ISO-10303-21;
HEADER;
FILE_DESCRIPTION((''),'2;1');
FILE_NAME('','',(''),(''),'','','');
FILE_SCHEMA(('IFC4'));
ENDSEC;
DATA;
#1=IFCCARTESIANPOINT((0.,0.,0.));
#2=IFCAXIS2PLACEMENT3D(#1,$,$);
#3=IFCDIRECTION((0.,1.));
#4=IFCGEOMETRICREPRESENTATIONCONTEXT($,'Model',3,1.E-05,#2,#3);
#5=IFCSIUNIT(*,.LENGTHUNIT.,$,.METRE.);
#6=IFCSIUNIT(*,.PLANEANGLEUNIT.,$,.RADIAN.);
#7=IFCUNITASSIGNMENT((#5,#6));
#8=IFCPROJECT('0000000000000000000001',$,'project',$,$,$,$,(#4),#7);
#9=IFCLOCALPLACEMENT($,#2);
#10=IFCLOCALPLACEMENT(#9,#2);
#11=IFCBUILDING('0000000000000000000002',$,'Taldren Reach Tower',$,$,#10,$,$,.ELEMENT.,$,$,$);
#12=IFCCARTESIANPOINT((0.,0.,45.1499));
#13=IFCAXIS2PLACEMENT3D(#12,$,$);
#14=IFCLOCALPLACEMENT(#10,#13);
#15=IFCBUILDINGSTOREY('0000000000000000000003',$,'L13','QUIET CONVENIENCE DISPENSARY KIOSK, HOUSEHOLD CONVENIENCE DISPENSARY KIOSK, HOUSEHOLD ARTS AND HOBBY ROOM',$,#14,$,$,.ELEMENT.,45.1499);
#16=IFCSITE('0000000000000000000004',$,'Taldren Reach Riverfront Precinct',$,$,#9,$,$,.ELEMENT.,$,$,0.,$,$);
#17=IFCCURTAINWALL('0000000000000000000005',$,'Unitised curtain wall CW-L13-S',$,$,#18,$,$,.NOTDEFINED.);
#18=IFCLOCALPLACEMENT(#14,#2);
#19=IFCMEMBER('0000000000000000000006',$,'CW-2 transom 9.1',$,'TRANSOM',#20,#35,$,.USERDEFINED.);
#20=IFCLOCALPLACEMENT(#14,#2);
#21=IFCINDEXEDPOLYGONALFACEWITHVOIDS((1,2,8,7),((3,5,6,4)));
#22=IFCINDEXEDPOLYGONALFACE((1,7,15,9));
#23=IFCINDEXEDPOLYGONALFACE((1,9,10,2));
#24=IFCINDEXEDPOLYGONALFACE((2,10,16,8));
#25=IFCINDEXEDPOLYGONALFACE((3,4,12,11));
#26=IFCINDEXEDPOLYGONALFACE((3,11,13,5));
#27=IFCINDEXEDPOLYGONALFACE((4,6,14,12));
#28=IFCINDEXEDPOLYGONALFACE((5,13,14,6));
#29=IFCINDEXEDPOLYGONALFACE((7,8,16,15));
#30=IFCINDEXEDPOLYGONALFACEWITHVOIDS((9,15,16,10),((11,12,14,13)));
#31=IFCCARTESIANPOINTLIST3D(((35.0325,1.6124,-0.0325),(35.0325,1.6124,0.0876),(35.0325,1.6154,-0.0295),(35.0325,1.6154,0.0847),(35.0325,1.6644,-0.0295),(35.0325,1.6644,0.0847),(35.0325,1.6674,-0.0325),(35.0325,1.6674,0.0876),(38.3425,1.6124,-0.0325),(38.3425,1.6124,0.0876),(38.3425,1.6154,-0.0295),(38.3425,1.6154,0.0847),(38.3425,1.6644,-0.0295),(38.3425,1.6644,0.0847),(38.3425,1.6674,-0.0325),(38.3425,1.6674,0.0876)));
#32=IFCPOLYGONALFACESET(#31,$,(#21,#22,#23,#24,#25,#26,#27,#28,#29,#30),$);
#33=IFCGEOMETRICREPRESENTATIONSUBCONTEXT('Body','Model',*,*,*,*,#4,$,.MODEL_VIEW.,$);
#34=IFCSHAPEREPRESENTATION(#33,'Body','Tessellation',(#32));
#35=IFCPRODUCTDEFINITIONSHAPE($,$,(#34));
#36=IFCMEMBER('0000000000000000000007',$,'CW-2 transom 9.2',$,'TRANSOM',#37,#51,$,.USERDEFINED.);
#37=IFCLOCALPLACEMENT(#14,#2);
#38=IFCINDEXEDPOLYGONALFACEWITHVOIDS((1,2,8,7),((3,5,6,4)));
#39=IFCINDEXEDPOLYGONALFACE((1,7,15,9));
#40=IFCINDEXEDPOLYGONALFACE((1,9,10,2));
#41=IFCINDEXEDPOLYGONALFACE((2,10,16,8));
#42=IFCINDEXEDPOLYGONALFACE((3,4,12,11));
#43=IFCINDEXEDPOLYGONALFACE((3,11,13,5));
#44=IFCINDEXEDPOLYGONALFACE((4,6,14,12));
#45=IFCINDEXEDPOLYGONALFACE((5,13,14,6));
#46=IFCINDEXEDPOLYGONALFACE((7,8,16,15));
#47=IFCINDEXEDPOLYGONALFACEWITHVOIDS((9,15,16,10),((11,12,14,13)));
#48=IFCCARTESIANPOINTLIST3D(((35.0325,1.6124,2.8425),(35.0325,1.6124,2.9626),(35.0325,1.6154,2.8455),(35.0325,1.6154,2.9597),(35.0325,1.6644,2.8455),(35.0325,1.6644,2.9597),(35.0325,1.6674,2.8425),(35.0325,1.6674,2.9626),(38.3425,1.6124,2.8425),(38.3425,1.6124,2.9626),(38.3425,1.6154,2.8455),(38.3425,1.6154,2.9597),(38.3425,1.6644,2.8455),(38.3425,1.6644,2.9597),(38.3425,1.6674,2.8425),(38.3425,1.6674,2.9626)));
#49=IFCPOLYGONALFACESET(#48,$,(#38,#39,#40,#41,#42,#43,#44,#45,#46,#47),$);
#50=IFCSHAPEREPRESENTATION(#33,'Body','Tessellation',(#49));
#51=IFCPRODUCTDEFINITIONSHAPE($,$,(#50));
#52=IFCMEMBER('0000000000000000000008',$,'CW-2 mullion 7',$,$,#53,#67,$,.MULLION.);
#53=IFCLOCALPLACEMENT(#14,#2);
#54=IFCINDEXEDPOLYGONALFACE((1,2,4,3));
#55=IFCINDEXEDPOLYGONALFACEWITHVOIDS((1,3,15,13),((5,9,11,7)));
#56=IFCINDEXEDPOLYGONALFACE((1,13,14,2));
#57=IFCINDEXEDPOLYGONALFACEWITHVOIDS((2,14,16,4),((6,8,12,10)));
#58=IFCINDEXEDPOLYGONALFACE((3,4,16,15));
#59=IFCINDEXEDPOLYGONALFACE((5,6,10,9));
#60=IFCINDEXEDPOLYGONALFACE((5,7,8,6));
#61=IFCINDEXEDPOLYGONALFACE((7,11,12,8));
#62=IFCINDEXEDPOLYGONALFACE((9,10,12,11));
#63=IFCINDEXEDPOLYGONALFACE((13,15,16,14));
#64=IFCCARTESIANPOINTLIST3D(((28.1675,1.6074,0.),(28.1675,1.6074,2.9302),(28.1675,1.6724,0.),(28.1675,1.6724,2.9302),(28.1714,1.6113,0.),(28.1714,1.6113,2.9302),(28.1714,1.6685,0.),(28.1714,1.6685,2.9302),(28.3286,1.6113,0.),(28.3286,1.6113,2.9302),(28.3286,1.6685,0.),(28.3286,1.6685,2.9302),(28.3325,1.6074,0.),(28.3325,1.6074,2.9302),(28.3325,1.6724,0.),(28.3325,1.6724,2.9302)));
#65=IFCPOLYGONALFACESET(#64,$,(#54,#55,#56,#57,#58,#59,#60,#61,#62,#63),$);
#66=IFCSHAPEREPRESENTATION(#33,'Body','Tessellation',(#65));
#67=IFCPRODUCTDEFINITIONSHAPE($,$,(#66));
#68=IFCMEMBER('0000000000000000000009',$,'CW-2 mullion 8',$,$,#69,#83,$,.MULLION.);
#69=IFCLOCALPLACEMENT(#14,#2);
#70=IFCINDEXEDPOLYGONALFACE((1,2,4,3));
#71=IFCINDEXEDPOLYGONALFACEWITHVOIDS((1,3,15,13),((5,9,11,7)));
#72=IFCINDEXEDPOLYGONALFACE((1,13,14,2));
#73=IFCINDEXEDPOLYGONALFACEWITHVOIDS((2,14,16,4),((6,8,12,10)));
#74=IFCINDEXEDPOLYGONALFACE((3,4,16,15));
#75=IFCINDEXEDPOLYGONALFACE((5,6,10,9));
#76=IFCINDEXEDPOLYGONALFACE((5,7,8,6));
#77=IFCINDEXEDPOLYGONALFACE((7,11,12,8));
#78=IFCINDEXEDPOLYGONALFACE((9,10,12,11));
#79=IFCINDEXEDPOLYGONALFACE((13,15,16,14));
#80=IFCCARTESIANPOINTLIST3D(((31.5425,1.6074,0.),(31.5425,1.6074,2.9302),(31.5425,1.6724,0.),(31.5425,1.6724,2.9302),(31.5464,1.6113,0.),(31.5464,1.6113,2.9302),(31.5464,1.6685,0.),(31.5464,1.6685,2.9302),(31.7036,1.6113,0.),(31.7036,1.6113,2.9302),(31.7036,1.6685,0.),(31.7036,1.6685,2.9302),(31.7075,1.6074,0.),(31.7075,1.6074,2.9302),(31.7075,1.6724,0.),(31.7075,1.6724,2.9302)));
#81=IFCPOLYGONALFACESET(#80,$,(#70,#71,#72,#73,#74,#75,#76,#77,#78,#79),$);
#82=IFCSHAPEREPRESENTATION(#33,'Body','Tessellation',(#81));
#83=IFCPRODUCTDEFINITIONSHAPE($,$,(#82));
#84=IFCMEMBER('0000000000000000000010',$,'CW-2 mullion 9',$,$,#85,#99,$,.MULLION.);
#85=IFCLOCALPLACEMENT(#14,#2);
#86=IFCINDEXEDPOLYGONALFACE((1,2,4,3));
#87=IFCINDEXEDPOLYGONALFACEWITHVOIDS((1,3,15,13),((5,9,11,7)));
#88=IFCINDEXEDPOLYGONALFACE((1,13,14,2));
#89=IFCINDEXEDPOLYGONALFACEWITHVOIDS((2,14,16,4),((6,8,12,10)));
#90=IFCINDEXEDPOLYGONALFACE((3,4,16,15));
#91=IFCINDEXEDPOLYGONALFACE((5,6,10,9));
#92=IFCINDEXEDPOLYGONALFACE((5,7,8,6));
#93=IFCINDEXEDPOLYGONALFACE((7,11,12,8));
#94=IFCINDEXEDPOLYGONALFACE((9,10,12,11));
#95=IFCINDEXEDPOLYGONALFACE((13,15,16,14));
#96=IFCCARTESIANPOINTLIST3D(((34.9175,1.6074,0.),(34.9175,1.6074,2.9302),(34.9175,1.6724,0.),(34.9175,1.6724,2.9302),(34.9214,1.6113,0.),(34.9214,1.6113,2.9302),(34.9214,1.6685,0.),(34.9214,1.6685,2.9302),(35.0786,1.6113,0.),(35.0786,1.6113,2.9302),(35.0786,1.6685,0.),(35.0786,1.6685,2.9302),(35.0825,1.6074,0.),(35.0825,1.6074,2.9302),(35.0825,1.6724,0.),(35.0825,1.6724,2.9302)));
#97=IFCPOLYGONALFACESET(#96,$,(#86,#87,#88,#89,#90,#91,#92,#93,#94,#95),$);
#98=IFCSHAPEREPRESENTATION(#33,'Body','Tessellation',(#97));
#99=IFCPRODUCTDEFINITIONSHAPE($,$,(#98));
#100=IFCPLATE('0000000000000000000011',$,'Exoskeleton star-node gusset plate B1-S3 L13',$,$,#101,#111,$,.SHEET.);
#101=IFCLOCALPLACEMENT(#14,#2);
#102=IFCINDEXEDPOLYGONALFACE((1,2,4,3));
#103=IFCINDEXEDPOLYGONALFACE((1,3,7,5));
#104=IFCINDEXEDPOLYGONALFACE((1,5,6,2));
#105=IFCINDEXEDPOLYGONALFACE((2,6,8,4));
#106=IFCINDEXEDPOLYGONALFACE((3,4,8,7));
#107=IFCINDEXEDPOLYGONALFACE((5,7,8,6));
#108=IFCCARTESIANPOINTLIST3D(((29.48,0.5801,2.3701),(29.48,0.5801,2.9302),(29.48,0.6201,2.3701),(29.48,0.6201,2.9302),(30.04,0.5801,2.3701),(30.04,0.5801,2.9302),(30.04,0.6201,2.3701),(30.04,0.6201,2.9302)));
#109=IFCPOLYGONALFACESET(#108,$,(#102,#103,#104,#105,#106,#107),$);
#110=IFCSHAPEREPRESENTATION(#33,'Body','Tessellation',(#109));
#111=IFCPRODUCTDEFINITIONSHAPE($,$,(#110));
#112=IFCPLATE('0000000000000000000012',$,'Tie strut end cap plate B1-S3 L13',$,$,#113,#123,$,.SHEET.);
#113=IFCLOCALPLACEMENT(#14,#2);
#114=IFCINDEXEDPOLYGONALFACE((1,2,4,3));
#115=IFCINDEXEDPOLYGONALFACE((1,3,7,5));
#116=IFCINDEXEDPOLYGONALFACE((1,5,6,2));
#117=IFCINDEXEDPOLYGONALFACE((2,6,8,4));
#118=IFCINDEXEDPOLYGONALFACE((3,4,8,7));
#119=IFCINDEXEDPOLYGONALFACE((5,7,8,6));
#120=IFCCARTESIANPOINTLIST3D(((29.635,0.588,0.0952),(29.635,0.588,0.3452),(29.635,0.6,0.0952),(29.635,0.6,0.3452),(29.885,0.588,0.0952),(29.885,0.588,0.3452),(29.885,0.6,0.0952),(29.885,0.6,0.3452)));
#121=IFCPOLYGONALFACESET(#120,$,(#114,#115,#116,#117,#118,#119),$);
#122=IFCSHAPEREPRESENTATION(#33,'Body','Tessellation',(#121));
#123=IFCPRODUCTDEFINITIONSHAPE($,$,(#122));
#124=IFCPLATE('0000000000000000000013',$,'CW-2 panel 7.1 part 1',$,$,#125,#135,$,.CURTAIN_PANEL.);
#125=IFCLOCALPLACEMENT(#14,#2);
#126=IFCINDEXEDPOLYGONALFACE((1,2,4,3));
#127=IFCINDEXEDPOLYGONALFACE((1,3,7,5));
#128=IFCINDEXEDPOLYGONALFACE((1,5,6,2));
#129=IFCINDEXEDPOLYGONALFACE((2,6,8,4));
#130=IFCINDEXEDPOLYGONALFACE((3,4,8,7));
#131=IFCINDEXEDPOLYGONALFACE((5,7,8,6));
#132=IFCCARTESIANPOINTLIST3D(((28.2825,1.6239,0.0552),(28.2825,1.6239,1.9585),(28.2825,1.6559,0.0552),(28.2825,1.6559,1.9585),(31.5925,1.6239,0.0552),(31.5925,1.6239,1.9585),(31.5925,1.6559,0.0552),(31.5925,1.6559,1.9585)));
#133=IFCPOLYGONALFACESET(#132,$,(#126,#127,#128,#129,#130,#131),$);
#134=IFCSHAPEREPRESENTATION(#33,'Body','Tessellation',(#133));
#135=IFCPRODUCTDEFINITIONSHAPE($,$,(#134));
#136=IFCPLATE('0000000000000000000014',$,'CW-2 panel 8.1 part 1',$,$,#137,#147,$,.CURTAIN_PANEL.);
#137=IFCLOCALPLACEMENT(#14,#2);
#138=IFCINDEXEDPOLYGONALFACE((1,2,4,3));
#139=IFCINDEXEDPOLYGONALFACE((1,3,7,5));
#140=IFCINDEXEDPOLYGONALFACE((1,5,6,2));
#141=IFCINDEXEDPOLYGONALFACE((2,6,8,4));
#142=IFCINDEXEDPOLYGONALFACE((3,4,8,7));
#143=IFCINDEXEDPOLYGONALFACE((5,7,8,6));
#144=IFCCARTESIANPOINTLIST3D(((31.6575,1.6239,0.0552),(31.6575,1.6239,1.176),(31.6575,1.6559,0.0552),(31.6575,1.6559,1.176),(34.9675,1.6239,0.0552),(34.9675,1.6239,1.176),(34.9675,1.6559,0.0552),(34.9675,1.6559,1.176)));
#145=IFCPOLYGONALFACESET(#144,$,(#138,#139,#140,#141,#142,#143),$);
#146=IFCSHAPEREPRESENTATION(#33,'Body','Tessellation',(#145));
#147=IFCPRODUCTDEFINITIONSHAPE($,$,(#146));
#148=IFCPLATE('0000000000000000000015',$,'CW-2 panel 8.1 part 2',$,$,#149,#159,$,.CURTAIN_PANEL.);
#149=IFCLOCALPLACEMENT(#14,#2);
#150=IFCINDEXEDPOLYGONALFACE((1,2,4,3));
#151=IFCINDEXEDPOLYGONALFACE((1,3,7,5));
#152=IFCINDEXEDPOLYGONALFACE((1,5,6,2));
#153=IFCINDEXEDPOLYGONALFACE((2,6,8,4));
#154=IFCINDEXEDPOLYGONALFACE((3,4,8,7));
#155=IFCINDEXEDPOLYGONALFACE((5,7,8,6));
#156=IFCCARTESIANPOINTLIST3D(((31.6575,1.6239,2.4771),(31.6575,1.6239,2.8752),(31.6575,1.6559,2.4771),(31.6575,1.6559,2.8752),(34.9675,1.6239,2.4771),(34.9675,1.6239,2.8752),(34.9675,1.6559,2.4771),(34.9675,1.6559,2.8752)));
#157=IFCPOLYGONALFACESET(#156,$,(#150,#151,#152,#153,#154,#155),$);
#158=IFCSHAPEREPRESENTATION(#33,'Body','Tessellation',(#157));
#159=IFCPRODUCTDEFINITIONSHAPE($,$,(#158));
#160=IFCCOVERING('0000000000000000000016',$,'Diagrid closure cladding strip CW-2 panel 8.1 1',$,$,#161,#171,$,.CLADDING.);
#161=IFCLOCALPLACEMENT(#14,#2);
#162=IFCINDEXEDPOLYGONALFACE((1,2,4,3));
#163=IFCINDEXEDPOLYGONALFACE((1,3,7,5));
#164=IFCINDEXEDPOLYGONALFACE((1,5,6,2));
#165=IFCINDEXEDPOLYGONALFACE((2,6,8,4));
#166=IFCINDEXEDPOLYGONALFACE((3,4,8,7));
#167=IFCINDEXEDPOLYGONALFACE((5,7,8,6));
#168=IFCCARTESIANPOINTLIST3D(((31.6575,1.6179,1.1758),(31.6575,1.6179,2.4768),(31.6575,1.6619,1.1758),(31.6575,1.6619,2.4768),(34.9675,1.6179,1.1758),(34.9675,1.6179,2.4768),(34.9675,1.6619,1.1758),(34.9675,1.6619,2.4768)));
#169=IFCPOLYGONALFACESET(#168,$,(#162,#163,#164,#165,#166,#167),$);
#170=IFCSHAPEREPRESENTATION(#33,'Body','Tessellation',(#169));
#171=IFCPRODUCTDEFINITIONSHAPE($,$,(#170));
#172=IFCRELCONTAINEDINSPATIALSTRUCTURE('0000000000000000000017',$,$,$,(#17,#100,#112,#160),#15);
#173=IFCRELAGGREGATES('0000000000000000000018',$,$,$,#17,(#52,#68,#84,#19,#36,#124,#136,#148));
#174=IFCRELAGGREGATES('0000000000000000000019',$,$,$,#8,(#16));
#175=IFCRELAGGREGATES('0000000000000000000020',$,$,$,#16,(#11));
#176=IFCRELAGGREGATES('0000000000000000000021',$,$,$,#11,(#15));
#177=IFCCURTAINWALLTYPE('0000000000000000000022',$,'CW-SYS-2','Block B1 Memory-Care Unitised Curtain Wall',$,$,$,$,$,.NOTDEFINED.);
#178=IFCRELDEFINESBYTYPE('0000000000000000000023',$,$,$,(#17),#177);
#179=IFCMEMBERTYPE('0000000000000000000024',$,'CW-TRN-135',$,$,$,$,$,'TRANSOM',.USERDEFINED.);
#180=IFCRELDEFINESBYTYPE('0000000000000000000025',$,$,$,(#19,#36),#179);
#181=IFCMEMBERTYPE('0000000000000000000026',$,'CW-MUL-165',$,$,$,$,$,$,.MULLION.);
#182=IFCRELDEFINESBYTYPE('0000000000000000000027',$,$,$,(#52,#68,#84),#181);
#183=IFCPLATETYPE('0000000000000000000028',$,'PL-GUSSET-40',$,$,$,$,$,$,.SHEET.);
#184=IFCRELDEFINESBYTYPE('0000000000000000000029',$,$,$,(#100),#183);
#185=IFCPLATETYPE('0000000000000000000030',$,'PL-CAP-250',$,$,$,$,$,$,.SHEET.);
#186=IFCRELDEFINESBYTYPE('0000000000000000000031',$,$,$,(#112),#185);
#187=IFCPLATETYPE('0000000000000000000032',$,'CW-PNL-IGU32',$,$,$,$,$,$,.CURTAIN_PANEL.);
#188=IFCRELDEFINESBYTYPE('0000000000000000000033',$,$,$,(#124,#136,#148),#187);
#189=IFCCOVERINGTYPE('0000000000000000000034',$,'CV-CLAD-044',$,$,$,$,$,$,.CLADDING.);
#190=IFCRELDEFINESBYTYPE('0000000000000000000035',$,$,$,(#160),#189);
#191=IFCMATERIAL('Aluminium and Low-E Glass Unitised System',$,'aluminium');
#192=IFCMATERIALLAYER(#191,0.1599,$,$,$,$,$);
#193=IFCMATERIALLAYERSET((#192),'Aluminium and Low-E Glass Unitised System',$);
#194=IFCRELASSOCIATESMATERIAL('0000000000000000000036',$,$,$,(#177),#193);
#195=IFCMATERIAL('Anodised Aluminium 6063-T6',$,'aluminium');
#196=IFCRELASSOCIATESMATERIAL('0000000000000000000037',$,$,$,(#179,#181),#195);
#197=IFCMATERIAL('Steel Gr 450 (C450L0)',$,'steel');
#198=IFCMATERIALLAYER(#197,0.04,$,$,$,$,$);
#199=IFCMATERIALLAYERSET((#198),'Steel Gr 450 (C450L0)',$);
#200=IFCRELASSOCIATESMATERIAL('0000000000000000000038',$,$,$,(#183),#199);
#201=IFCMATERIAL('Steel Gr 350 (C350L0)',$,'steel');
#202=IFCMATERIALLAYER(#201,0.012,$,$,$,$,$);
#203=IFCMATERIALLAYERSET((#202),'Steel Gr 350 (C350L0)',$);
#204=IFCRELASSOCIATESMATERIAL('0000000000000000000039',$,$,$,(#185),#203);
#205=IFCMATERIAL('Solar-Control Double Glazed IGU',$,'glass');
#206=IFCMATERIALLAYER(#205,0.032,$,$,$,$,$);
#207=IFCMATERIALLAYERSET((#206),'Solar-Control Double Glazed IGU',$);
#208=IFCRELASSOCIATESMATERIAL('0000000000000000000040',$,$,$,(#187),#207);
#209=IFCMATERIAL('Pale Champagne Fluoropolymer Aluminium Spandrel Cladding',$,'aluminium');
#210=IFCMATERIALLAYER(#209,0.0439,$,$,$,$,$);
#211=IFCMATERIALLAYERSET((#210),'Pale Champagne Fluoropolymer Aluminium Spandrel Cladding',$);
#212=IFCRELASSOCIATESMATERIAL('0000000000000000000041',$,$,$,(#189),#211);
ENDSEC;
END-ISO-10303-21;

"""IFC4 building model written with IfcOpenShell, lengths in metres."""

from ifc_helpers import new_model, si_unit, direction, frame, origin, origin_2d, place, context, subcontext, project, spatial, rectangle, hollow_rectangle, extrude, source, transform, mapped, material, layer, layer_set, material_profile, profile_set, type_object, element, aggregate, save


model = new_model("IFC4")

# Units and contexts
model_context = context("Model", 3, precision=1e-05, world=origin(), true_north=direction((0.0, 1.0)))
body_context = subcontext(model_context, "Body", "Model", "MODEL_VIEW")
ifc_project = project(units=[si_unit("LENGTHUNIT", "METRE"), si_unit("PLANEANGLEUNIT", "RADIAN")], contexts=[model_context])

# Site, building, storey
site_placement = place(None, origin())
site = spatial("IfcSite", under=ifc_project, at=site_placement, Name="Taldren Reach Riverfront Precinct", CompositionType="ELEMENT", RefElevation=0.0)
building_placement = place(site_placement, origin())
building = spatial("IfcBuilding", under=site, at=building_placement, Name="Taldren Reach Tower", CompositionType="ELEMENT")
storey_placement = place(building_placement, frame((0.0, 0.0, 45.1499)))
storey = spatial("IfcBuildingStorey", under=building, at=storey_placement, Name="L13", Description="QUIET CONVENIENCE DISPENSARY KIOSK, HOUSEHOLD CONVENIENCE DISPENSARY KIOSK, HOUSEHOLD ARTS AND HOBBY ROOM", CompositionType="ELEMENT", Elevation=45.1499)

# Shared definitions
ifc_material_1 = material(Name="Steel Gr 450 (C450L0)", Category="steel")
ifc_material_2 = material(Name="Steel Gr 350 (C350L0)", Category="steel")

# Curtain wall, members
ifc_material_3 = material(Name="Aluminium and Low-E Glass Unitised System", Category="aluminium")
ifc_layer_1 = layer(ifc_material_3, 0.1599)
ifc_layer_set_1 = layer_set([ifc_layer_1], Name="Aluminium and Low-E Glass Unitised System")
curtain_wall_type = type_object("IfcCurtainWallType", Name="CW-SYS-2", Description="Block B1 Memory-Care Unitised Curtain Wall", PredefinedType="NOTDEFINED", material=ifc_layer_set_1)
curtain_wall_placement = place(storey_placement, origin())
curtain_wall = element("IfcCurtainWall", 1, at=curtain_wall_placement, inside=storey, type_object=curtain_wall_type, Name="Unitised curtain wall CW-L13-S", PredefinedType="NOTDEFINED")
ifc_material_4 = material(Name="Anodised Aluminium 6063-T6", Category="aluminium")
ifc_material_profile_1 = material_profile(ifc_material_4, hollow_rectangle(XDim=0.0549, YDim=0.1201, WallThickness=0.0029, at=origin_2d()), Name="ALU-120x55x3RHS")
ifc_profile_set_1 = profile_set([ifc_material_profile_1], Name="Anodised Aluminium 6063-T6")
member_type_1 = type_object("IfcMemberType", Name="CW-TRN-135", ElementType="TRANSOM", PredefinedType="USERDEFINED", material=ifc_profile_set_1)
shared_shape_1 = source(origin(), body_context, "Body", "SweptSolid", [
    extrude(hollow_rectangle(XDim=0.0549, YDim=0.1201, WallThickness=0.0029, at=origin_2d()), origin(), (0.0, 0.0, 1.0), 3.3101),
])
member_1_placement = place(storey_placement, frame((35.0325, 1.6399, 0.0276), z_axis=(1.0, 0.0, 0.0), x_axis=(0.0, 1.0, 0.0)))
member_1 = element("IfcMember", 2, at=member_1_placement, type_object=member_type_1, Name="CW-2 transom 9.1", ObjectType="TRANSOM", PredefinedType="USERDEFINED", context=body_context, shape_type="MappedRepresentation", body=[
    mapped(shared_shape_1, transform((0.0, 0.0, 0.0), scale=1.0)),
])
member_2_placement = place(storey_placement, frame((35.0325, 1.6399, 2.9026), z_axis=(1.0, 0.0, 0.0), x_axis=(0.0, 1.0, 0.0)))
member_2 = element("IfcMember", 3, at=member_2_placement, type_object=member_type_1, Name="CW-2 transom 9.2", ObjectType="TRANSOM", PredefinedType="USERDEFINED", context=body_context, shape_type="MappedRepresentation", body=[
    mapped(shared_shape_1, transform((0.0, 0.0, 0.0), scale=1.0)),
])
ifc_material_profile_2 = material_profile(ifc_material_4, hollow_rectangle(XDim=0.0649, YDim=0.165, WallThickness=0.0039, at=origin_2d()), Name="ALU-165x65x4RHS")
ifc_profile_set_2 = profile_set([ifc_material_profile_2], Name="Anodised Aluminium 6063-T6")
member_type_2 = type_object("IfcMemberType", Name="CW-MUL-165", PredefinedType="MULLION", material=ifc_profile_set_2)
shared_shape_2 = source(origin(), body_context, "Body", "SweptSolid", [
    extrude(hollow_rectangle(XDim=0.0649, YDim=0.165, WallThickness=0.0039, at=origin_2d()), origin(), (0.0, 0.0, 1.0), 2.9302),
])
member_3_placement = place(storey_placement, frame((28.25, 1.6399, 0.0), z_axis=(0.0, 0.0, 1.0), x_axis=(0.0, 1.0, 0.0)))
member_3 = element("IfcMember", 4, at=member_3_placement, type_object=member_type_2, Name="CW-2 mullion 7", PredefinedType="MULLION", context=body_context, shape_type="MappedRepresentation", body=[
    mapped(shared_shape_2, transform((0.0, 0.0, 0.0), scale=1.0)),
])
member_4_placement = place(storey_placement, frame((31.625, 1.6399, 0.0), z_axis=(0.0, 0.0, 1.0), x_axis=(0.0, 1.0, 0.0)))
member_4 = element("IfcMember", 5, at=member_4_placement, type_object=member_type_2, Name="CW-2 mullion 8", PredefinedType="MULLION", context=body_context, shape_type="MappedRepresentation", body=[
    mapped(shared_shape_2, transform((0.0, 0.0, 0.0), scale=1.0)),
])
member_5_placement = place(storey_placement, frame((35.0, 1.6399, 0.0), z_axis=(0.0, 0.0, 1.0), x_axis=(0.0, 1.0, 0.0)))
member_5 = element("IfcMember", 6, at=member_5_placement, type_object=member_type_2, Name="CW-2 mullion 9", PredefinedType="MULLION", context=body_context, shape_type="MappedRepresentation", body=[
    mapped(shared_shape_2, transform((0.0, 0.0, 0.0), scale=1.0)),
])

# Plates
ifc_layer_2 = layer(ifc_material_1, 0.04)
ifc_layer_set_2 = layer_set([ifc_layer_2], Name="Steel Gr 450 (C450L0)")
plate_type_1 = type_object("IfcPlateType", Name="PL-GUSSET-40", PredefinedType="SHEET", material=ifc_layer_set_2)
shared_shape_3 = source(origin(), body_context, "Body", "SweptSolid", [
    extrude(rectangle(XDim=0.5601, YDim=0.04, at=origin_2d()), origin(), (0.0, 0.0, 1.0), 0.5601),
])
plate_1_placement = place(storey_placement, frame((29.76, 0.6001, 2.3701), z_axis=(0.0, 0.0, 1.0), x_axis=(1.0, 0.0, 0.0)))
element("IfcPlate", 7, at=plate_1_placement, inside=storey, type_object=plate_type_1, Name="Exoskeleton star-node gusset plate B1-S3 L13", PredefinedType="SHEET", context=body_context, shape_type="MappedRepresentation", body=[
    mapped(shared_shape_3, transform((0.0, 0.0, 0.0), scale=1.0)),
])
ifc_layer_3 = layer(ifc_material_2, 0.012)
ifc_layer_set_3 = layer_set([ifc_layer_3], Name="Steel Gr 350 (C350L0)")
plate_type_2 = type_object("IfcPlateType", Name="PL-CAP-250", PredefinedType="SHEET", material=ifc_layer_set_3)
shared_shape_4 = source(origin(), body_context, "Body", "SweptSolid", [
    extrude(rectangle(XDim=0.25, YDim=0.012, at=origin_2d()), origin(), (0.0, 0.0, 1.0), 0.25),
])
plate_2_placement = place(storey_placement, frame((29.76, 0.594, 0.0952), z_axis=(0.0, 0.0, 1.0), x_axis=(1.0, 0.0, 0.0)))
element("IfcPlate", 8, at=plate_2_placement, inside=storey, type_object=plate_type_2, Name="Tie strut end cap plate B1-S3 L13", PredefinedType="SHEET", context=body_context, shape_type="MappedRepresentation", body=[
    mapped(shared_shape_4, transform((0.0, 0.0, 0.0), scale=1.0)),
])

# Plates
ifc_material_5 = material(Name="Solar-Control Double Glazed IGU", Category="glass")
ifc_layer_4 = layer(ifc_material_5, 0.032)
ifc_layer_set_4 = layer_set([ifc_layer_4], Name="Solar-Control Double Glazed IGU")
plate_type_3 = type_object("IfcPlateType", Name="CW-PNL-IGU32", PredefinedType="CURTAIN_PANEL", material=ifc_layer_set_4)
shared_shape_5 = source(origin(), body_context, "Body", "SweptSolid", [
    extrude(rectangle(XDim=3.3101, YDim=0.032, at=origin_2d()), origin(), (0.0, 0.0, 1.0), 1.9033),
])
plate_3_placement = place(storey_placement, frame((29.9375, 1.6399, 0.0552), z_axis=(0.0, 0.0, 1.0), x_axis=(1.0, 0.0, 0.0)))
plate_3 = element("IfcPlate", 9, at=plate_3_placement, type_object=plate_type_3, Name="CW-2 panel 7.1 part 1", PredefinedType="CURTAIN_PANEL", context=body_context, shape_type="MappedRepresentation", body=[
    mapped(shared_shape_5, transform((0.0, 0.0, 0.0), scale=1.0)),
])
shared_shape_6 = source(origin(), body_context, "Body", "SweptSolid", [
    extrude(rectangle(XDim=3.3101, YDim=0.032, at=origin_2d()), origin(), (0.0, 0.0, 1.0), 1.1208),
])
plate_4_placement = place(storey_placement, frame((33.3125, 1.6399, 0.0552), z_axis=(0.0, 0.0, 1.0), x_axis=(1.0, 0.0, 0.0)))
plate_4 = element("IfcPlate", 10, at=plate_4_placement, type_object=plate_type_3, Name="CW-2 panel 8.1 part 1", PredefinedType="CURTAIN_PANEL", context=body_context, shape_type="MappedRepresentation", body=[
    mapped(shared_shape_6, transform((0.0, 0.0, 0.0), scale=1.0)),
])
shared_shape_7 = source(origin(), body_context, "Body", "SweptSolid", [
    extrude(rectangle(XDim=3.3101, YDim=0.032, at=origin_2d()), origin(), (0.0, 0.0, 1.0), 0.3982),
])
plate_5_placement = place(storey_placement, frame((33.3125, 1.6399, 2.4771), z_axis=(0.0, 0.0, 1.0), x_axis=(1.0, 0.0, 0.0)))
plate_5 = element("IfcPlate", 11, at=plate_5_placement, type_object=plate_type_3, Name="CW-2 panel 8.1 part 2", PredefinedType="CURTAIN_PANEL", context=body_context, shape_type="MappedRepresentation", body=[
    mapped(shared_shape_7, transform((0.0, 0.0, 0.0), scale=1.0)),
])
aggregate(curtain_wall, [member_3, member_4, member_5, member_1, member_2, plate_3, plate_4, plate_5])

# Covering
ifc_material_6 = material(Name="Pale Champagne Fluoropolymer Aluminium Spandrel Cladding", Category="aluminium")
ifc_layer_5 = layer(ifc_material_6, 0.0439)
ifc_layer_set_5 = layer_set([ifc_layer_5], Name="Pale Champagne Fluoropolymer Aluminium Spandrel Cladding")
covering_type = type_object("IfcCoveringType", Name="CV-CLAD-044", PredefinedType="CLADDING", material=ifc_layer_set_5)
shared_shape_8 = source(origin(), body_context, "Body", "SweptSolid", [
    extrude(rectangle(XDim=3.3101, YDim=0.0439, at=origin_2d()), origin(), (0.0, 0.0, 1.0), 1.301),
])
covering_1_placement = place(storey_placement, frame((33.3125, 1.6399, 1.1758), z_axis=(0.0, 0.0, 1.0), x_axis=(1.0, 0.0, 0.0)))
element("IfcCovering", 12, at=covering_1_placement, inside=storey, type_object=covering_type, Name="Diagrid closure cladding strip CW-2 panel 8.1 1", PredefinedType="CLADDING", context=body_context, shape_type="MappedRepresentation", body=[
    mapped(shared_shape_8, transform((0.0, 0.0, 0.0), scale=1.0)),
])

save(model, "model.ifc")
